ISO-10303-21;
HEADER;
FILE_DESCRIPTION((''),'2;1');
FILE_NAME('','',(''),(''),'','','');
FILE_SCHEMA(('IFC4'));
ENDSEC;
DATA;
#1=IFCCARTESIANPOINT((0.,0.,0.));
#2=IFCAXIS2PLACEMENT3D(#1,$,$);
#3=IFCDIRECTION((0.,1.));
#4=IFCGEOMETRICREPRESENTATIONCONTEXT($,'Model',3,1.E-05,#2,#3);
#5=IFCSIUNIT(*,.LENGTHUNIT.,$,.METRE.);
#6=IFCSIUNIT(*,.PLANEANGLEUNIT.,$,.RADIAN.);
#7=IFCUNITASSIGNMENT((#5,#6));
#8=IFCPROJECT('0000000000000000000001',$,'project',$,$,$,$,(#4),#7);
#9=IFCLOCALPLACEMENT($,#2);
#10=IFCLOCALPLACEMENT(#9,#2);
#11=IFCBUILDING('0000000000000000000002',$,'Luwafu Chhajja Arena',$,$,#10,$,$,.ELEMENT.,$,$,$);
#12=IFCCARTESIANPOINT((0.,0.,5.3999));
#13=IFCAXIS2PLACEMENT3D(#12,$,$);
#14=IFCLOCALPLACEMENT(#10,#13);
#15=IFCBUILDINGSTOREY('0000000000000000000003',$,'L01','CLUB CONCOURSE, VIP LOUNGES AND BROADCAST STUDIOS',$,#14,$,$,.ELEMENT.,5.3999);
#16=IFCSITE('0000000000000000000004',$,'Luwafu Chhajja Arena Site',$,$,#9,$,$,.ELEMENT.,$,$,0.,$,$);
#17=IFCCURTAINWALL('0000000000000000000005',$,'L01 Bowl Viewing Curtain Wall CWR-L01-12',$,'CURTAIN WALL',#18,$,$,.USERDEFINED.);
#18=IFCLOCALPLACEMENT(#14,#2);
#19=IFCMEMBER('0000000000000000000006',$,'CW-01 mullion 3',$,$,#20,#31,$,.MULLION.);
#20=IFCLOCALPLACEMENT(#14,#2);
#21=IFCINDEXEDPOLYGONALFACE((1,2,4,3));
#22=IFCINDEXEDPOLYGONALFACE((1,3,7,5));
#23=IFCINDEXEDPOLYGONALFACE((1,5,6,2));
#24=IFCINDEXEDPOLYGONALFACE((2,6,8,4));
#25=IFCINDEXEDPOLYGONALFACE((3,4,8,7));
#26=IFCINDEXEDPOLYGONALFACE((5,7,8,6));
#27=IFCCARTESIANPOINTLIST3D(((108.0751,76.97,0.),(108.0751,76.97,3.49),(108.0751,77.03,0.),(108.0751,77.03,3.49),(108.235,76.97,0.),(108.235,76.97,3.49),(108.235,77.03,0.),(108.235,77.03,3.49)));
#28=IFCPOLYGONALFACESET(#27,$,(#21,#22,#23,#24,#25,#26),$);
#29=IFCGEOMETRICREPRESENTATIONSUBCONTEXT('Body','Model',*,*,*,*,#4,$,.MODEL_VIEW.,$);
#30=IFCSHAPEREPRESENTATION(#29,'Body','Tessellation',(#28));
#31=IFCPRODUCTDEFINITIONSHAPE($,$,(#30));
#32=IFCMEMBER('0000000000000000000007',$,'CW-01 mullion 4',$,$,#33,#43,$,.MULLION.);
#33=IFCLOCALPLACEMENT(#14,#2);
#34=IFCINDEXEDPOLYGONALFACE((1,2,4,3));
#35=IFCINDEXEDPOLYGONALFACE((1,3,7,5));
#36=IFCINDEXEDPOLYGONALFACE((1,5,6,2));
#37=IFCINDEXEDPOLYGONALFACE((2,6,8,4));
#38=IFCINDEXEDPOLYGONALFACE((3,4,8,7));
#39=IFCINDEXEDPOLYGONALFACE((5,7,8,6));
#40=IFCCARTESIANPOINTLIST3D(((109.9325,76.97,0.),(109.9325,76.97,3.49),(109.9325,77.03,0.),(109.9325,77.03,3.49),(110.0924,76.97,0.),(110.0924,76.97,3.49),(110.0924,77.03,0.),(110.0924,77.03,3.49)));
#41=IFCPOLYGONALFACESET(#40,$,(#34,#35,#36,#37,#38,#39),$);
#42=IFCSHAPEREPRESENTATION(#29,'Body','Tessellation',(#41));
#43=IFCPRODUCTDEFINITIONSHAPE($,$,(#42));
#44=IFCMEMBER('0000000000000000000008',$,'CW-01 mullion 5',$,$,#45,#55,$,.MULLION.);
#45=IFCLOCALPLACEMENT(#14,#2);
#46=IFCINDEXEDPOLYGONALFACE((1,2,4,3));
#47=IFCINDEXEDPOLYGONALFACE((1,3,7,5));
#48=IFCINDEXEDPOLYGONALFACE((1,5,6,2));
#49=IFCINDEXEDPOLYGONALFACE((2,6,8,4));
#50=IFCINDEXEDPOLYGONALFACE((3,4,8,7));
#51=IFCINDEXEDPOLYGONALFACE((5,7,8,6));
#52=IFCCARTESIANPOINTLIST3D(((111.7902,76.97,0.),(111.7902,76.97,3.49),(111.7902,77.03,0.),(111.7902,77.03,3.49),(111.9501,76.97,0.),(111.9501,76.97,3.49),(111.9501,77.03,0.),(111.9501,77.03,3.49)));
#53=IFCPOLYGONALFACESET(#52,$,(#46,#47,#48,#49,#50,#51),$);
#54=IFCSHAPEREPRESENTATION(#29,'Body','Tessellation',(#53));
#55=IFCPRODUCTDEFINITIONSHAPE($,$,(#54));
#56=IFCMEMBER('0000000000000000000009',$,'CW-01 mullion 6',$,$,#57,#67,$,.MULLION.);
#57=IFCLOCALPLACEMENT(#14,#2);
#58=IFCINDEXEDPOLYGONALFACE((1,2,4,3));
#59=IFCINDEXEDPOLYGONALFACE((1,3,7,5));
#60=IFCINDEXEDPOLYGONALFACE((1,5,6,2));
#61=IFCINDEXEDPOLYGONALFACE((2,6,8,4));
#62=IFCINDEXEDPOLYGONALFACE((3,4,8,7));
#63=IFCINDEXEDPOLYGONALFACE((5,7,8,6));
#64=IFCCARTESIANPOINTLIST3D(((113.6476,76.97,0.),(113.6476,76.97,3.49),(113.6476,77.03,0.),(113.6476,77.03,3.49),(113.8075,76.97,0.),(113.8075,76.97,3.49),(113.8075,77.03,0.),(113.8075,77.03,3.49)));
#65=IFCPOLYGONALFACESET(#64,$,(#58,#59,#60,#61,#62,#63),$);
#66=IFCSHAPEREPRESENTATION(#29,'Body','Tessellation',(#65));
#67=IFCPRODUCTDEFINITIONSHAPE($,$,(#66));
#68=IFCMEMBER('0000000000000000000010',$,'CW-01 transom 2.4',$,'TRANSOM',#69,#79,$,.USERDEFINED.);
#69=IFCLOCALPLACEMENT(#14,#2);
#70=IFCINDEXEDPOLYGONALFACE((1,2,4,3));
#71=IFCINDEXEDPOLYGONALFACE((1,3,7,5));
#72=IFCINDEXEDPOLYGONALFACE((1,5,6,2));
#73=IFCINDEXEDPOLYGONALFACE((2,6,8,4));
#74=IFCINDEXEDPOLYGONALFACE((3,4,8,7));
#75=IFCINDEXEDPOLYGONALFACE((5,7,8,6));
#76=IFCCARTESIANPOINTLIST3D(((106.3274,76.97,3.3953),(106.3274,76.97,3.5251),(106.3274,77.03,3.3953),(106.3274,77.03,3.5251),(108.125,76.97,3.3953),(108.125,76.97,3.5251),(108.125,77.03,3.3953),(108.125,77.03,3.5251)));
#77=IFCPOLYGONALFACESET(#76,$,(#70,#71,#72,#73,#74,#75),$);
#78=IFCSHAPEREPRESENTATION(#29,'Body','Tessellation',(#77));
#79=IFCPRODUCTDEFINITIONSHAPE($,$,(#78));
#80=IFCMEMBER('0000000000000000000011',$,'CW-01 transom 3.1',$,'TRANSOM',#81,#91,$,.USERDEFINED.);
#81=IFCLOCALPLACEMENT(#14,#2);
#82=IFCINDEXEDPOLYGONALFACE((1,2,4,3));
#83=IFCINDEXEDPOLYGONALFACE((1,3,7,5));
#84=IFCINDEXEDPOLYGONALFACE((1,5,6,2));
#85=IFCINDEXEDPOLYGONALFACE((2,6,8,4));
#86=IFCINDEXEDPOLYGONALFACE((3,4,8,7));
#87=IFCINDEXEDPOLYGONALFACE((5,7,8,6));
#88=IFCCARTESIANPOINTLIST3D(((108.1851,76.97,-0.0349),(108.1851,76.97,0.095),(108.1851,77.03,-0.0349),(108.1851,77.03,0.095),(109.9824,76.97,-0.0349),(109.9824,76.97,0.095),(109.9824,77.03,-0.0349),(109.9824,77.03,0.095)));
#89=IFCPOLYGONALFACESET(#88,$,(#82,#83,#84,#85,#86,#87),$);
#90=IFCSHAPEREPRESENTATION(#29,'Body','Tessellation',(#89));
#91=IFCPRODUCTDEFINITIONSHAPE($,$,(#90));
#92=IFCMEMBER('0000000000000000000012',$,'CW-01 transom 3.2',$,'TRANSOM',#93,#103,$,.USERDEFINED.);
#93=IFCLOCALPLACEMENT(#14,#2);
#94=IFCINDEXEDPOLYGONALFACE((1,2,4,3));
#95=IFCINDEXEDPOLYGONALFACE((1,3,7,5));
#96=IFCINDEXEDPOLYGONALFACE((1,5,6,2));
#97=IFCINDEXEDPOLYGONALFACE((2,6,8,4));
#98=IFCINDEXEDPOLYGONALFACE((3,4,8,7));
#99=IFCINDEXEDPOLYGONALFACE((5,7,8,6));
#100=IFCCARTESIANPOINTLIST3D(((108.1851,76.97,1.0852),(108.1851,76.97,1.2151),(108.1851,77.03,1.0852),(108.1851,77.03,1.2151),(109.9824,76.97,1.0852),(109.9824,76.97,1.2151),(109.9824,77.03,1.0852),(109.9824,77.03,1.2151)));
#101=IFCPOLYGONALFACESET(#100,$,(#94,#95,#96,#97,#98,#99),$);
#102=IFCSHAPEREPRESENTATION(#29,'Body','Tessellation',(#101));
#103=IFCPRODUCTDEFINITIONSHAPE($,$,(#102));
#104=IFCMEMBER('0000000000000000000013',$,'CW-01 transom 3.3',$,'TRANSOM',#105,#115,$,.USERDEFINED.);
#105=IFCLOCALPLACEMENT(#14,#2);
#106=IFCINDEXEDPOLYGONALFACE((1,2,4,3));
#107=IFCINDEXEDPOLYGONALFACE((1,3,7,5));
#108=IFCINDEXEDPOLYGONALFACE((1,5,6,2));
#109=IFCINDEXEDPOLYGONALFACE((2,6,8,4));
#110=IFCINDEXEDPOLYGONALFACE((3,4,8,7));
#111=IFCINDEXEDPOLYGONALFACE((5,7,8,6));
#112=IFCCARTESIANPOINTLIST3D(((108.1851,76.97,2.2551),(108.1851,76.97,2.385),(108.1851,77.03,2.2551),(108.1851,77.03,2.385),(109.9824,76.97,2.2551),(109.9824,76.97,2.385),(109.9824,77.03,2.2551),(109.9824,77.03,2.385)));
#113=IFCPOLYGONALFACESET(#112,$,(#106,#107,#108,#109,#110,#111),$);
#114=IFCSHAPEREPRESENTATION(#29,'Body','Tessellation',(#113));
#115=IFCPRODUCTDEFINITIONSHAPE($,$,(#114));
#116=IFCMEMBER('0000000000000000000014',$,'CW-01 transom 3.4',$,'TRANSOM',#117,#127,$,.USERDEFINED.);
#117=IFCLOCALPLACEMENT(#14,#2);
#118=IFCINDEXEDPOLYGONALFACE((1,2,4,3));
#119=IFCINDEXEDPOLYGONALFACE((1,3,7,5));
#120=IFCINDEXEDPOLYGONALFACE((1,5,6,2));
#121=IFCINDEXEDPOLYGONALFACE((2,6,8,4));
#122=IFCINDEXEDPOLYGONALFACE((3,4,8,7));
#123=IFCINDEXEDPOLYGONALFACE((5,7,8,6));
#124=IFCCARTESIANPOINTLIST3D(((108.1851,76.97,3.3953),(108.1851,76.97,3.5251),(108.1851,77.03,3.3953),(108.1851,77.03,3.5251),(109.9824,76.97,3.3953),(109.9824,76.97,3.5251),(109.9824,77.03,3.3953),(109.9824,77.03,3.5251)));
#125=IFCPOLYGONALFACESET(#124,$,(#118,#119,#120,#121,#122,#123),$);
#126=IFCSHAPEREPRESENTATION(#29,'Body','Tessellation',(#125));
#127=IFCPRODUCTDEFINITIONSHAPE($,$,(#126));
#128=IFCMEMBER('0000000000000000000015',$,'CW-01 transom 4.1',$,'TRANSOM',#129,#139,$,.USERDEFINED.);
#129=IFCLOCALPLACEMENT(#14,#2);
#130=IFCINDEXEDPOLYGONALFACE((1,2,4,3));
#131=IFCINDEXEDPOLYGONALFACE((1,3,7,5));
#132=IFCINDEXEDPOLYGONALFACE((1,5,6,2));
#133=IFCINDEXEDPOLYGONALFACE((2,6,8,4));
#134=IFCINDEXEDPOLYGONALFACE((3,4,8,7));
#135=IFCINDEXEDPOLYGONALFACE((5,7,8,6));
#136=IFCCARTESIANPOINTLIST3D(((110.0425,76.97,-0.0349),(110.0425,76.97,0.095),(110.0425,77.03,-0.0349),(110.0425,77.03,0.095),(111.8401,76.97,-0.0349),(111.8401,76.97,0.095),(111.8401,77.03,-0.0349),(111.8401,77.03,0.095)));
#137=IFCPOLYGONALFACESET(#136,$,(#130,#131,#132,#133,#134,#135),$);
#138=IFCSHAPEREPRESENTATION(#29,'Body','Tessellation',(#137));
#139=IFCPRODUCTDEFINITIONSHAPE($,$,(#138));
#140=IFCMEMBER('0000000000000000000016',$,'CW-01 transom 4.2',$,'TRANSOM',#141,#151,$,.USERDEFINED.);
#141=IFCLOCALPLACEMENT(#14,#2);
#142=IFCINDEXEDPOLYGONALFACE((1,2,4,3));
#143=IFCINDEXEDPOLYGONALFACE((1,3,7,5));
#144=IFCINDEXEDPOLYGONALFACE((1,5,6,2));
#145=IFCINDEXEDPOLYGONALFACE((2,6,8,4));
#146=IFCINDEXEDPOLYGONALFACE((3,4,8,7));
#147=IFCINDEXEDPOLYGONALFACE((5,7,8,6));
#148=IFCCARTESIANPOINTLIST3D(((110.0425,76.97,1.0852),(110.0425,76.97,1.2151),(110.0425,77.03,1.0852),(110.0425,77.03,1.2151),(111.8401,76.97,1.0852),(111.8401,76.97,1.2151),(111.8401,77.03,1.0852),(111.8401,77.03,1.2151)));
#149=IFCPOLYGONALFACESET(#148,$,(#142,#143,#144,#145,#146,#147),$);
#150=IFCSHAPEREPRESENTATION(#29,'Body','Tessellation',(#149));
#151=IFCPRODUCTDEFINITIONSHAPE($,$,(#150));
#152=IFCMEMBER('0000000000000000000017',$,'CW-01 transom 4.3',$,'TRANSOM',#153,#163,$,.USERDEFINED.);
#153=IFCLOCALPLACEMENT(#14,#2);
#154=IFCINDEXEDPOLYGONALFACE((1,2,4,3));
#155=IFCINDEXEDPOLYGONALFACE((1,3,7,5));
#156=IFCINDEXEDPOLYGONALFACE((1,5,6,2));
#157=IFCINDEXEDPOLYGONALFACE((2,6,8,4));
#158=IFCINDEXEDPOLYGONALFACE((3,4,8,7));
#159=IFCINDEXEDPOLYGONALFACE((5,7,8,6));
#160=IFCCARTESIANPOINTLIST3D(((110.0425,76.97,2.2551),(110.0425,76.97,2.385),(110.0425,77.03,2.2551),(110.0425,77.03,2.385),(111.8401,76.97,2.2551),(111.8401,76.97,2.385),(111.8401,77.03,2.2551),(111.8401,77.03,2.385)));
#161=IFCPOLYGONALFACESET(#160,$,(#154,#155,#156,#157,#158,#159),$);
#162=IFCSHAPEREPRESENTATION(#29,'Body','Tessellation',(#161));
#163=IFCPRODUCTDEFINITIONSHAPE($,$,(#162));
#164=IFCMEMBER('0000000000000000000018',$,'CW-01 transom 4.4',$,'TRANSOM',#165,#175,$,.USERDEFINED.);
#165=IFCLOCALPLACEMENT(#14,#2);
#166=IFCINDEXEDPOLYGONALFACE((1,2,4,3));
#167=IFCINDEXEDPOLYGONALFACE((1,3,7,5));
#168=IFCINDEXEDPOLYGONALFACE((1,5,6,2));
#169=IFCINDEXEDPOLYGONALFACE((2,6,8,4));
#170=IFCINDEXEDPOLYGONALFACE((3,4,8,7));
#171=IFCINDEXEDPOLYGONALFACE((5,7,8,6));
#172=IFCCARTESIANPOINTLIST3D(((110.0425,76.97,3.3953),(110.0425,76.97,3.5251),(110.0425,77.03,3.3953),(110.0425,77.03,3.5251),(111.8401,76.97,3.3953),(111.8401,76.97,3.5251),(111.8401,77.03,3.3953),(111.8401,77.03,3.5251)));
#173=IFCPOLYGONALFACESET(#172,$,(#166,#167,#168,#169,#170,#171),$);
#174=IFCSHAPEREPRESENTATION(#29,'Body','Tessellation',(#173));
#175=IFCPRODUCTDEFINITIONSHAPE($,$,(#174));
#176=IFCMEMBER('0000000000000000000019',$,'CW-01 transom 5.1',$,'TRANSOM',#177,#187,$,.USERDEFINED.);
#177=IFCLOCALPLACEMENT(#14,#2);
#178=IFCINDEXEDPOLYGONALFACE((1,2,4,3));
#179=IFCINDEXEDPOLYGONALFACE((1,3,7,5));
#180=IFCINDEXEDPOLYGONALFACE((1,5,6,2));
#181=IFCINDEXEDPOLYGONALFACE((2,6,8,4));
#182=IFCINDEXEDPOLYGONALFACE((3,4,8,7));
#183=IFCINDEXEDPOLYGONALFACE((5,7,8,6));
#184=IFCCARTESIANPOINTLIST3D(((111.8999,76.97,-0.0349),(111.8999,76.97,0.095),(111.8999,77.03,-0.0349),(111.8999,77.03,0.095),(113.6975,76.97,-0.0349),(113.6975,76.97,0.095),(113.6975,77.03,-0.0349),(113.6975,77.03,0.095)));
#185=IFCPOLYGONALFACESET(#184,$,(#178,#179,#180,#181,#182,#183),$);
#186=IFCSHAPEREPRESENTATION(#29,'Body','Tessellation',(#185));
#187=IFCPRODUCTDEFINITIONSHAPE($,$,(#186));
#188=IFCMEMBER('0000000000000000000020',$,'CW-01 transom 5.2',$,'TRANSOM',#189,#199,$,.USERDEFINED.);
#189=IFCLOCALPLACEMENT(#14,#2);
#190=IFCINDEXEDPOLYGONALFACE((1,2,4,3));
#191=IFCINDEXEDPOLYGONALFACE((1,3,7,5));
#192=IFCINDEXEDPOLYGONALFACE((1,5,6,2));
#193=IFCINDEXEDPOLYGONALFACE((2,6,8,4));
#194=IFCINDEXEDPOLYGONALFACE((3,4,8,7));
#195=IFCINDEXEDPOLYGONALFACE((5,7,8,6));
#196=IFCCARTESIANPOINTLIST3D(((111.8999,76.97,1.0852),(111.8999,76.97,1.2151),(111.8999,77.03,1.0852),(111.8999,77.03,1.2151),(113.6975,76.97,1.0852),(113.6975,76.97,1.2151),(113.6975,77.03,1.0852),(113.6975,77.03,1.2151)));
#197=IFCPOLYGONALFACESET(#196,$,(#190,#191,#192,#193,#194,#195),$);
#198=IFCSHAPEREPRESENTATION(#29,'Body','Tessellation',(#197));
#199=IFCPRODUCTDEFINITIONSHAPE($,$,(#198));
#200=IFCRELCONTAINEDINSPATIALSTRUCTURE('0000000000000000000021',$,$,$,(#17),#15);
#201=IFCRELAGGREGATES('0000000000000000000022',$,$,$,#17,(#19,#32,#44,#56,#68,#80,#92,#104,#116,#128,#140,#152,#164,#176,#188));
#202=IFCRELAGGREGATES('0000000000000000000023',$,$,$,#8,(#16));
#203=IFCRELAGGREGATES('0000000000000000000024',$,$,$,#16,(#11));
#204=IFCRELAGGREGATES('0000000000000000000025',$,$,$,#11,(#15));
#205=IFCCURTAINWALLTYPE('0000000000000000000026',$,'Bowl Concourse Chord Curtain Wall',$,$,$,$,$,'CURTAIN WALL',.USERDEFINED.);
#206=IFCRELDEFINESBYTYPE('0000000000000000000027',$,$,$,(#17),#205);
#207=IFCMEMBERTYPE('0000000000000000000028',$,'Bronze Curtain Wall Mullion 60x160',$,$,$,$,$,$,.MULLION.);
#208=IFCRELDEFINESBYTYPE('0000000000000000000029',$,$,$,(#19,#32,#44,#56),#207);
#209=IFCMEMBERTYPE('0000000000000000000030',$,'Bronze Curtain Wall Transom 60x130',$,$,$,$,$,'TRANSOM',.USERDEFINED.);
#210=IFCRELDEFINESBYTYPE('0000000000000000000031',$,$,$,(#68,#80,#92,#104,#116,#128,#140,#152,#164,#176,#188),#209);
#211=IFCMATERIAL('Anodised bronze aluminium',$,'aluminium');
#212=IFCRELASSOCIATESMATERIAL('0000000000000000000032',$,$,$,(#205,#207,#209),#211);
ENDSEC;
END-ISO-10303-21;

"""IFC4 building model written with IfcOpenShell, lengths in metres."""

from ifc_helpers import new_model, si_unit, direction, frame, origin, origin_2d, place, context, subcontext, project, spatial, rectangle, extrude, material, material_profile, profile_set, type_object, element, aggregate, save


model = new_model("IFC4")

# Units and contexts
model_context = context("Model", 3, precision=1e-05, world=origin(), true_north=direction((0.0, 1.0)))
body_context = subcontext(model_context, "Body", "Model", "MODEL_VIEW")
ifc_project = project(units=[si_unit("LENGTHUNIT", "METRE"), si_unit("PLANEANGLEUNIT", "RADIAN")], contexts=[model_context])

# Site, building, storey
site_placement = place(None, origin())
site = spatial("IfcSite", under=ifc_project, at=site_placement, Name="Luwafu Chhajja Arena Site", CompositionType="ELEMENT", RefElevation=0.0)
building_placement = place(site_placement, origin())
building = spatial("IfcBuilding", under=site, at=building_placement, Name="Luwafu Chhajja Arena", CompositionType="ELEMENT")
storey_placement = place(building_placement, frame((0.0, 0.0, 5.3999)))
storey = spatial("IfcBuildingStorey", under=building, at=storey_placement, Name="L01", Description="CLUB CONCOURSE, VIP LOUNGES AND BROADCAST STUDIOS", CompositionType="ELEMENT", Elevation=5.3999)

# Curtain wall, members
ifc_material_1 = material(Name="Anodised bronze aluminium", Category="aluminium")
curtain_wall_type = type_object("IfcCurtainWallType", Name="Bowl Concourse Chord Curtain Wall", ElementType="CURTAIN WALL", PredefinedType="USERDEFINED", material=ifc_material_1)
curtain_wall_placement = place(storey_placement, origin())
curtain_wall = element("IfcCurtainWall", 1, at=curtain_wall_placement, inside=storey, type_object=curtain_wall_type, Name="L01 Bowl Viewing Curtain Wall CWR-L01-12", ObjectType="CURTAIN WALL", PredefinedType="USERDEFINED")
ifc_material_profile_1 = material_profile(ifc_material_1, rectangle(XDim=0.0601, YDim=0.1599, at=origin_2d()), Name="CWM 60x160")
ifc_profile_set_1 = profile_set([ifc_material_profile_1], Name="Anodised bronze aluminium")
member_type_1 = type_object("IfcMemberType", Name="Bronze Curtain Wall Mullion 60x160", PredefinedType="MULLION", material=ifc_profile_set_1)
member_1_placement = place(storey_placement, frame((108.155, 77.0, 0.0), z_axis=(0.0, 0.0, 1.0), x_axis=(0.0, 1.0, 0.0)))
member_1 = element("IfcMember", 2, at=member_1_placement, type_object=member_type_1, Name="CW-01 mullion 3", PredefinedType="MULLION", context=body_context, shape_type="SweptSolid", body=[
    extrude(rectangle(XDim=0.0601, YDim=0.1599, at=origin_2d()), origin(), (0.0, 0.0, 1.0), 3.49),
])
member_2_placement = place(storey_placement, frame((110.0125, 77.0, 0.0), z_axis=(0.0, 0.0, 1.0), x_axis=(0.0, 1.0, 0.0)))
member_2 = element("IfcMember", 3, at=member_2_placement, type_object=member_type_1, Name="CW-01 mullion 4", PredefinedType="MULLION", context=body_context, shape_type="SweptSolid", body=[
    extrude(rectangle(XDim=0.0601, YDim=0.1599, at=origin_2d()), origin(), (0.0, 0.0, 1.0), 3.49),
])
member_3_placement = place(storey_placement, frame((111.8701, 77.0, 0.0), z_axis=(0.0, 0.0, 1.0), x_axis=(0.0, 1.0, 0.0)))
member_3 = element("IfcMember", 4, at=member_3_placement, type_object=member_type_1, Name="CW-01 mullion 5", PredefinedType="MULLION", context=body_context, shape_type="SweptSolid", body=[
    extrude(rectangle(XDim=0.0601, YDim=0.1599, at=origin_2d()), origin(), (0.0, 0.0, 1.0), 3.49),
])
member_4_placement = place(storey_placement, frame((113.7275, 77.0, 0.0), z_axis=(0.0, 0.0, 1.0), x_axis=(0.0, 1.0, 0.0)))
member_4 = element("IfcMember", 5, at=member_4_placement, type_object=member_type_1, Name="CW-01 mullion 6", PredefinedType="MULLION", context=body_context, shape_type="SweptSolid", body=[
    extrude(rectangle(XDim=0.0601, YDim=0.1599, at=origin_2d()), origin(), (0.0, 0.0, 1.0), 3.49),
])
ifc_material_profile_2 = material_profile(ifc_material_1, rectangle(XDim=0.0601, YDim=0.1299, at=origin_2d()), Name="CWT 60x130")
ifc_profile_set_2 = profile_set([ifc_material_profile_2], Name="Anodised bronze aluminium")
member_type_2 = type_object("IfcMemberType", Name="Bronze Curtain Wall Transom 60x130", ElementType="TRANSOM", PredefinedType="USERDEFINED", material=ifc_profile_set_2)
member_5_placement = place(storey_placement, frame((106.3274, 77.0, 3.4602), z_axis=(1.0, 0.0, 0.0), x_axis=(0.0, 1.0, 0.0)))
member_5 = element("IfcMember", 6, at=member_5_placement, type_object=member_type_2, Name="CW-01 transom 2.4", ObjectType="TRANSOM", PredefinedType="USERDEFINED", context=body_context, shape_type="SweptSolid", body=[
    extrude(rectangle(XDim=0.0601, YDim=0.1299, at=origin_2d()), origin(), (0.0, 0.0, 1.0), 1.7976),
])
member_6_placement = place(storey_placement, frame((108.1851, 77.0, 0.03), z_axis=(1.0, 0.0, 0.0), x_axis=(0.0, 1.0, 0.0)))
member_6 = element("IfcMember", 7, at=member_6_placement, type_object=member_type_2, Name="CW-01 transom 3.1", ObjectType="TRANSOM", PredefinedType="USERDEFINED", context=body_context, shape_type="SweptSolid", body=[
    extrude(rectangle(XDim=0.0601, YDim=0.1299, at=origin_2d()), origin(), (0.0, 0.0, 1.0), 1.7974),
])
member_7_placement = place(storey_placement, frame((108.1851, 77.0, 1.1501), z_axis=(1.0, 0.0, 0.0), x_axis=(0.0, 1.0, 0.0)))
member_7 = element("IfcMember", 8, at=member_7_placement, type_object=member_type_2, Name="CW-01 transom 3.2", ObjectType="TRANSOM", PredefinedType="USERDEFINED", context=body_context, shape_type="SweptSolid", body=[
    extrude(rectangle(XDim=0.0601, YDim=0.1299, at=origin_2d()), origin(), (0.0, 0.0, 1.0), 1.7974),
])
member_8_placement = place(storey_placement, frame((108.1851, 77.0, 2.3201), z_axis=(1.0, 0.0, 0.0), x_axis=(0.0, 1.0, 0.0)))
member_8 = element("IfcMember", 9, at=member_8_placement, type_object=member_type_2, Name="CW-01 transom 3.3", ObjectType="TRANSOM", PredefinedType="USERDEFINED", context=body_context, shape_type="SweptSolid", body=[
    extrude(rectangle(XDim=0.0601, YDim=0.1299, at=origin_2d()), origin(), (0.0, 0.0, 1.0), 1.7974),
])
member_9_placement = place(storey_placement, frame((108.1851, 77.0, 3.4602), z_axis=(1.0, 0.0, 0.0), x_axis=(0.0, 1.0, 0.0)))
member_9 = element("IfcMember", 10, at=member_9_placement, type_object=member_type_2, Name="CW-01 transom 3.4", ObjectType="TRANSOM", PredefinedType="USERDEFINED", context=body_context, shape_type="SweptSolid", body=[
    extrude(rectangle(XDim=0.0601, YDim=0.1299, at=origin_2d()), origin(), (0.0, 0.0, 1.0), 1.7974),
])
member_10_placement = place(storey_placement, frame((110.0425, 77.0, 0.03), z_axis=(1.0, 0.0, 0.0), x_axis=(0.0, 1.0, 0.0)))
member_10 = element("IfcMember", 11, at=member_10_placement, type_object=member_type_2, Name="CW-01 transom 4.1", ObjectType="TRANSOM", PredefinedType="USERDEFINED", context=body_context, shape_type="SweptSolid", body=[
    extrude(rectangle(XDim=0.0601, YDim=0.1299, at=origin_2d()), origin(), (0.0, 0.0, 1.0), 1.7976),
])
member_11_placement = place(storey_placement, frame((110.0425, 77.0, 1.1501), z_axis=(1.0, 0.0, 0.0), x_axis=(0.0, 1.0, 0.0)))
member_11 = element("IfcMember", 12, at=member_11_placement, type_object=member_type_2, Name="CW-01 transom 4.2", ObjectType="TRANSOM", PredefinedType="USERDEFINED", context=body_context, shape_type="SweptSolid", body=[
    extrude(rectangle(XDim=0.0601, YDim=0.1299, at=origin_2d()), origin(), (0.0, 0.0, 1.0), 1.7976),
])
member_12_placement = place(storey_placement, frame((110.0425, 77.0, 2.3201), z_axis=(1.0, 0.0, 0.0), x_axis=(0.0, 1.0, 0.0)))
member_12 = element("IfcMember", 13, at=member_12_placement, type_object=member_type_2, Name="CW-01 transom 4.3", ObjectType="TRANSOM", PredefinedType="USERDEFINED", context=body_context, shape_type="SweptSolid", body=[
    extrude(rectangle(XDim=0.0601, YDim=0.1299, at=origin_2d()), origin(), (0.0, 0.0, 1.0), 1.7976),
])
member_13_placement = place(storey_placement, frame((110.0425, 77.0, 3.4602), z_axis=(1.0, 0.0, 0.0), x_axis=(0.0, 1.0, 0.0)))
member_13 = element("IfcMember", 14, at=member_13_placement, type_object=member_type_2, Name="CW-01 transom 4.4", ObjectType="TRANSOM", PredefinedType="USERDEFINED", context=body_context, shape_type="SweptSolid", body=[
    extrude(rectangle(XDim=0.0601, YDim=0.1299, at=origin_2d()), origin(), (0.0, 0.0, 1.0), 1.7976),
])
member_14_placement = place(storey_placement, frame((111.8999, 77.0, 0.03), z_axis=(1.0, 0.0, 0.0), x_axis=(0.0, 1.0, 0.0)))
member_14 = element("IfcMember", 15, at=member_14_placement, type_object=member_type_2, Name="CW-01 transom 5.1", ObjectType="TRANSOM", PredefinedType="USERDEFINED", context=body_context, shape_type="SweptSolid", body=[
    extrude(rectangle(XDim=0.0601, YDim=0.1299, at=origin_2d()), origin(), (0.0, 0.0, 1.0), 1.7976),
])
member_15_placement = place(storey_placement, frame((111.8999, 77.0, 1.1501), z_axis=(1.0, 0.0, 0.0), x_axis=(0.0, 1.0, 0.0)))
member_15 = element("IfcMember", 16, at=member_15_placement, type_object=member_type_2, Name="CW-01 transom 5.2", ObjectType="TRANSOM", PredefinedType="USERDEFINED", context=body_context, shape_type="SweptSolid", body=[
    extrude(rectangle(XDim=0.0601, YDim=0.1299, at=origin_2d()), origin(), (0.0, 0.0, 1.0), 1.7976),
])
aggregate(curtain_wall, [member_1, member_2, member_3, member_4, member_5, member_6, member_7, member_8, member_9, member_10, member_11, member_12, member_13, member_14, member_15])

save(model, "model.ifc")
